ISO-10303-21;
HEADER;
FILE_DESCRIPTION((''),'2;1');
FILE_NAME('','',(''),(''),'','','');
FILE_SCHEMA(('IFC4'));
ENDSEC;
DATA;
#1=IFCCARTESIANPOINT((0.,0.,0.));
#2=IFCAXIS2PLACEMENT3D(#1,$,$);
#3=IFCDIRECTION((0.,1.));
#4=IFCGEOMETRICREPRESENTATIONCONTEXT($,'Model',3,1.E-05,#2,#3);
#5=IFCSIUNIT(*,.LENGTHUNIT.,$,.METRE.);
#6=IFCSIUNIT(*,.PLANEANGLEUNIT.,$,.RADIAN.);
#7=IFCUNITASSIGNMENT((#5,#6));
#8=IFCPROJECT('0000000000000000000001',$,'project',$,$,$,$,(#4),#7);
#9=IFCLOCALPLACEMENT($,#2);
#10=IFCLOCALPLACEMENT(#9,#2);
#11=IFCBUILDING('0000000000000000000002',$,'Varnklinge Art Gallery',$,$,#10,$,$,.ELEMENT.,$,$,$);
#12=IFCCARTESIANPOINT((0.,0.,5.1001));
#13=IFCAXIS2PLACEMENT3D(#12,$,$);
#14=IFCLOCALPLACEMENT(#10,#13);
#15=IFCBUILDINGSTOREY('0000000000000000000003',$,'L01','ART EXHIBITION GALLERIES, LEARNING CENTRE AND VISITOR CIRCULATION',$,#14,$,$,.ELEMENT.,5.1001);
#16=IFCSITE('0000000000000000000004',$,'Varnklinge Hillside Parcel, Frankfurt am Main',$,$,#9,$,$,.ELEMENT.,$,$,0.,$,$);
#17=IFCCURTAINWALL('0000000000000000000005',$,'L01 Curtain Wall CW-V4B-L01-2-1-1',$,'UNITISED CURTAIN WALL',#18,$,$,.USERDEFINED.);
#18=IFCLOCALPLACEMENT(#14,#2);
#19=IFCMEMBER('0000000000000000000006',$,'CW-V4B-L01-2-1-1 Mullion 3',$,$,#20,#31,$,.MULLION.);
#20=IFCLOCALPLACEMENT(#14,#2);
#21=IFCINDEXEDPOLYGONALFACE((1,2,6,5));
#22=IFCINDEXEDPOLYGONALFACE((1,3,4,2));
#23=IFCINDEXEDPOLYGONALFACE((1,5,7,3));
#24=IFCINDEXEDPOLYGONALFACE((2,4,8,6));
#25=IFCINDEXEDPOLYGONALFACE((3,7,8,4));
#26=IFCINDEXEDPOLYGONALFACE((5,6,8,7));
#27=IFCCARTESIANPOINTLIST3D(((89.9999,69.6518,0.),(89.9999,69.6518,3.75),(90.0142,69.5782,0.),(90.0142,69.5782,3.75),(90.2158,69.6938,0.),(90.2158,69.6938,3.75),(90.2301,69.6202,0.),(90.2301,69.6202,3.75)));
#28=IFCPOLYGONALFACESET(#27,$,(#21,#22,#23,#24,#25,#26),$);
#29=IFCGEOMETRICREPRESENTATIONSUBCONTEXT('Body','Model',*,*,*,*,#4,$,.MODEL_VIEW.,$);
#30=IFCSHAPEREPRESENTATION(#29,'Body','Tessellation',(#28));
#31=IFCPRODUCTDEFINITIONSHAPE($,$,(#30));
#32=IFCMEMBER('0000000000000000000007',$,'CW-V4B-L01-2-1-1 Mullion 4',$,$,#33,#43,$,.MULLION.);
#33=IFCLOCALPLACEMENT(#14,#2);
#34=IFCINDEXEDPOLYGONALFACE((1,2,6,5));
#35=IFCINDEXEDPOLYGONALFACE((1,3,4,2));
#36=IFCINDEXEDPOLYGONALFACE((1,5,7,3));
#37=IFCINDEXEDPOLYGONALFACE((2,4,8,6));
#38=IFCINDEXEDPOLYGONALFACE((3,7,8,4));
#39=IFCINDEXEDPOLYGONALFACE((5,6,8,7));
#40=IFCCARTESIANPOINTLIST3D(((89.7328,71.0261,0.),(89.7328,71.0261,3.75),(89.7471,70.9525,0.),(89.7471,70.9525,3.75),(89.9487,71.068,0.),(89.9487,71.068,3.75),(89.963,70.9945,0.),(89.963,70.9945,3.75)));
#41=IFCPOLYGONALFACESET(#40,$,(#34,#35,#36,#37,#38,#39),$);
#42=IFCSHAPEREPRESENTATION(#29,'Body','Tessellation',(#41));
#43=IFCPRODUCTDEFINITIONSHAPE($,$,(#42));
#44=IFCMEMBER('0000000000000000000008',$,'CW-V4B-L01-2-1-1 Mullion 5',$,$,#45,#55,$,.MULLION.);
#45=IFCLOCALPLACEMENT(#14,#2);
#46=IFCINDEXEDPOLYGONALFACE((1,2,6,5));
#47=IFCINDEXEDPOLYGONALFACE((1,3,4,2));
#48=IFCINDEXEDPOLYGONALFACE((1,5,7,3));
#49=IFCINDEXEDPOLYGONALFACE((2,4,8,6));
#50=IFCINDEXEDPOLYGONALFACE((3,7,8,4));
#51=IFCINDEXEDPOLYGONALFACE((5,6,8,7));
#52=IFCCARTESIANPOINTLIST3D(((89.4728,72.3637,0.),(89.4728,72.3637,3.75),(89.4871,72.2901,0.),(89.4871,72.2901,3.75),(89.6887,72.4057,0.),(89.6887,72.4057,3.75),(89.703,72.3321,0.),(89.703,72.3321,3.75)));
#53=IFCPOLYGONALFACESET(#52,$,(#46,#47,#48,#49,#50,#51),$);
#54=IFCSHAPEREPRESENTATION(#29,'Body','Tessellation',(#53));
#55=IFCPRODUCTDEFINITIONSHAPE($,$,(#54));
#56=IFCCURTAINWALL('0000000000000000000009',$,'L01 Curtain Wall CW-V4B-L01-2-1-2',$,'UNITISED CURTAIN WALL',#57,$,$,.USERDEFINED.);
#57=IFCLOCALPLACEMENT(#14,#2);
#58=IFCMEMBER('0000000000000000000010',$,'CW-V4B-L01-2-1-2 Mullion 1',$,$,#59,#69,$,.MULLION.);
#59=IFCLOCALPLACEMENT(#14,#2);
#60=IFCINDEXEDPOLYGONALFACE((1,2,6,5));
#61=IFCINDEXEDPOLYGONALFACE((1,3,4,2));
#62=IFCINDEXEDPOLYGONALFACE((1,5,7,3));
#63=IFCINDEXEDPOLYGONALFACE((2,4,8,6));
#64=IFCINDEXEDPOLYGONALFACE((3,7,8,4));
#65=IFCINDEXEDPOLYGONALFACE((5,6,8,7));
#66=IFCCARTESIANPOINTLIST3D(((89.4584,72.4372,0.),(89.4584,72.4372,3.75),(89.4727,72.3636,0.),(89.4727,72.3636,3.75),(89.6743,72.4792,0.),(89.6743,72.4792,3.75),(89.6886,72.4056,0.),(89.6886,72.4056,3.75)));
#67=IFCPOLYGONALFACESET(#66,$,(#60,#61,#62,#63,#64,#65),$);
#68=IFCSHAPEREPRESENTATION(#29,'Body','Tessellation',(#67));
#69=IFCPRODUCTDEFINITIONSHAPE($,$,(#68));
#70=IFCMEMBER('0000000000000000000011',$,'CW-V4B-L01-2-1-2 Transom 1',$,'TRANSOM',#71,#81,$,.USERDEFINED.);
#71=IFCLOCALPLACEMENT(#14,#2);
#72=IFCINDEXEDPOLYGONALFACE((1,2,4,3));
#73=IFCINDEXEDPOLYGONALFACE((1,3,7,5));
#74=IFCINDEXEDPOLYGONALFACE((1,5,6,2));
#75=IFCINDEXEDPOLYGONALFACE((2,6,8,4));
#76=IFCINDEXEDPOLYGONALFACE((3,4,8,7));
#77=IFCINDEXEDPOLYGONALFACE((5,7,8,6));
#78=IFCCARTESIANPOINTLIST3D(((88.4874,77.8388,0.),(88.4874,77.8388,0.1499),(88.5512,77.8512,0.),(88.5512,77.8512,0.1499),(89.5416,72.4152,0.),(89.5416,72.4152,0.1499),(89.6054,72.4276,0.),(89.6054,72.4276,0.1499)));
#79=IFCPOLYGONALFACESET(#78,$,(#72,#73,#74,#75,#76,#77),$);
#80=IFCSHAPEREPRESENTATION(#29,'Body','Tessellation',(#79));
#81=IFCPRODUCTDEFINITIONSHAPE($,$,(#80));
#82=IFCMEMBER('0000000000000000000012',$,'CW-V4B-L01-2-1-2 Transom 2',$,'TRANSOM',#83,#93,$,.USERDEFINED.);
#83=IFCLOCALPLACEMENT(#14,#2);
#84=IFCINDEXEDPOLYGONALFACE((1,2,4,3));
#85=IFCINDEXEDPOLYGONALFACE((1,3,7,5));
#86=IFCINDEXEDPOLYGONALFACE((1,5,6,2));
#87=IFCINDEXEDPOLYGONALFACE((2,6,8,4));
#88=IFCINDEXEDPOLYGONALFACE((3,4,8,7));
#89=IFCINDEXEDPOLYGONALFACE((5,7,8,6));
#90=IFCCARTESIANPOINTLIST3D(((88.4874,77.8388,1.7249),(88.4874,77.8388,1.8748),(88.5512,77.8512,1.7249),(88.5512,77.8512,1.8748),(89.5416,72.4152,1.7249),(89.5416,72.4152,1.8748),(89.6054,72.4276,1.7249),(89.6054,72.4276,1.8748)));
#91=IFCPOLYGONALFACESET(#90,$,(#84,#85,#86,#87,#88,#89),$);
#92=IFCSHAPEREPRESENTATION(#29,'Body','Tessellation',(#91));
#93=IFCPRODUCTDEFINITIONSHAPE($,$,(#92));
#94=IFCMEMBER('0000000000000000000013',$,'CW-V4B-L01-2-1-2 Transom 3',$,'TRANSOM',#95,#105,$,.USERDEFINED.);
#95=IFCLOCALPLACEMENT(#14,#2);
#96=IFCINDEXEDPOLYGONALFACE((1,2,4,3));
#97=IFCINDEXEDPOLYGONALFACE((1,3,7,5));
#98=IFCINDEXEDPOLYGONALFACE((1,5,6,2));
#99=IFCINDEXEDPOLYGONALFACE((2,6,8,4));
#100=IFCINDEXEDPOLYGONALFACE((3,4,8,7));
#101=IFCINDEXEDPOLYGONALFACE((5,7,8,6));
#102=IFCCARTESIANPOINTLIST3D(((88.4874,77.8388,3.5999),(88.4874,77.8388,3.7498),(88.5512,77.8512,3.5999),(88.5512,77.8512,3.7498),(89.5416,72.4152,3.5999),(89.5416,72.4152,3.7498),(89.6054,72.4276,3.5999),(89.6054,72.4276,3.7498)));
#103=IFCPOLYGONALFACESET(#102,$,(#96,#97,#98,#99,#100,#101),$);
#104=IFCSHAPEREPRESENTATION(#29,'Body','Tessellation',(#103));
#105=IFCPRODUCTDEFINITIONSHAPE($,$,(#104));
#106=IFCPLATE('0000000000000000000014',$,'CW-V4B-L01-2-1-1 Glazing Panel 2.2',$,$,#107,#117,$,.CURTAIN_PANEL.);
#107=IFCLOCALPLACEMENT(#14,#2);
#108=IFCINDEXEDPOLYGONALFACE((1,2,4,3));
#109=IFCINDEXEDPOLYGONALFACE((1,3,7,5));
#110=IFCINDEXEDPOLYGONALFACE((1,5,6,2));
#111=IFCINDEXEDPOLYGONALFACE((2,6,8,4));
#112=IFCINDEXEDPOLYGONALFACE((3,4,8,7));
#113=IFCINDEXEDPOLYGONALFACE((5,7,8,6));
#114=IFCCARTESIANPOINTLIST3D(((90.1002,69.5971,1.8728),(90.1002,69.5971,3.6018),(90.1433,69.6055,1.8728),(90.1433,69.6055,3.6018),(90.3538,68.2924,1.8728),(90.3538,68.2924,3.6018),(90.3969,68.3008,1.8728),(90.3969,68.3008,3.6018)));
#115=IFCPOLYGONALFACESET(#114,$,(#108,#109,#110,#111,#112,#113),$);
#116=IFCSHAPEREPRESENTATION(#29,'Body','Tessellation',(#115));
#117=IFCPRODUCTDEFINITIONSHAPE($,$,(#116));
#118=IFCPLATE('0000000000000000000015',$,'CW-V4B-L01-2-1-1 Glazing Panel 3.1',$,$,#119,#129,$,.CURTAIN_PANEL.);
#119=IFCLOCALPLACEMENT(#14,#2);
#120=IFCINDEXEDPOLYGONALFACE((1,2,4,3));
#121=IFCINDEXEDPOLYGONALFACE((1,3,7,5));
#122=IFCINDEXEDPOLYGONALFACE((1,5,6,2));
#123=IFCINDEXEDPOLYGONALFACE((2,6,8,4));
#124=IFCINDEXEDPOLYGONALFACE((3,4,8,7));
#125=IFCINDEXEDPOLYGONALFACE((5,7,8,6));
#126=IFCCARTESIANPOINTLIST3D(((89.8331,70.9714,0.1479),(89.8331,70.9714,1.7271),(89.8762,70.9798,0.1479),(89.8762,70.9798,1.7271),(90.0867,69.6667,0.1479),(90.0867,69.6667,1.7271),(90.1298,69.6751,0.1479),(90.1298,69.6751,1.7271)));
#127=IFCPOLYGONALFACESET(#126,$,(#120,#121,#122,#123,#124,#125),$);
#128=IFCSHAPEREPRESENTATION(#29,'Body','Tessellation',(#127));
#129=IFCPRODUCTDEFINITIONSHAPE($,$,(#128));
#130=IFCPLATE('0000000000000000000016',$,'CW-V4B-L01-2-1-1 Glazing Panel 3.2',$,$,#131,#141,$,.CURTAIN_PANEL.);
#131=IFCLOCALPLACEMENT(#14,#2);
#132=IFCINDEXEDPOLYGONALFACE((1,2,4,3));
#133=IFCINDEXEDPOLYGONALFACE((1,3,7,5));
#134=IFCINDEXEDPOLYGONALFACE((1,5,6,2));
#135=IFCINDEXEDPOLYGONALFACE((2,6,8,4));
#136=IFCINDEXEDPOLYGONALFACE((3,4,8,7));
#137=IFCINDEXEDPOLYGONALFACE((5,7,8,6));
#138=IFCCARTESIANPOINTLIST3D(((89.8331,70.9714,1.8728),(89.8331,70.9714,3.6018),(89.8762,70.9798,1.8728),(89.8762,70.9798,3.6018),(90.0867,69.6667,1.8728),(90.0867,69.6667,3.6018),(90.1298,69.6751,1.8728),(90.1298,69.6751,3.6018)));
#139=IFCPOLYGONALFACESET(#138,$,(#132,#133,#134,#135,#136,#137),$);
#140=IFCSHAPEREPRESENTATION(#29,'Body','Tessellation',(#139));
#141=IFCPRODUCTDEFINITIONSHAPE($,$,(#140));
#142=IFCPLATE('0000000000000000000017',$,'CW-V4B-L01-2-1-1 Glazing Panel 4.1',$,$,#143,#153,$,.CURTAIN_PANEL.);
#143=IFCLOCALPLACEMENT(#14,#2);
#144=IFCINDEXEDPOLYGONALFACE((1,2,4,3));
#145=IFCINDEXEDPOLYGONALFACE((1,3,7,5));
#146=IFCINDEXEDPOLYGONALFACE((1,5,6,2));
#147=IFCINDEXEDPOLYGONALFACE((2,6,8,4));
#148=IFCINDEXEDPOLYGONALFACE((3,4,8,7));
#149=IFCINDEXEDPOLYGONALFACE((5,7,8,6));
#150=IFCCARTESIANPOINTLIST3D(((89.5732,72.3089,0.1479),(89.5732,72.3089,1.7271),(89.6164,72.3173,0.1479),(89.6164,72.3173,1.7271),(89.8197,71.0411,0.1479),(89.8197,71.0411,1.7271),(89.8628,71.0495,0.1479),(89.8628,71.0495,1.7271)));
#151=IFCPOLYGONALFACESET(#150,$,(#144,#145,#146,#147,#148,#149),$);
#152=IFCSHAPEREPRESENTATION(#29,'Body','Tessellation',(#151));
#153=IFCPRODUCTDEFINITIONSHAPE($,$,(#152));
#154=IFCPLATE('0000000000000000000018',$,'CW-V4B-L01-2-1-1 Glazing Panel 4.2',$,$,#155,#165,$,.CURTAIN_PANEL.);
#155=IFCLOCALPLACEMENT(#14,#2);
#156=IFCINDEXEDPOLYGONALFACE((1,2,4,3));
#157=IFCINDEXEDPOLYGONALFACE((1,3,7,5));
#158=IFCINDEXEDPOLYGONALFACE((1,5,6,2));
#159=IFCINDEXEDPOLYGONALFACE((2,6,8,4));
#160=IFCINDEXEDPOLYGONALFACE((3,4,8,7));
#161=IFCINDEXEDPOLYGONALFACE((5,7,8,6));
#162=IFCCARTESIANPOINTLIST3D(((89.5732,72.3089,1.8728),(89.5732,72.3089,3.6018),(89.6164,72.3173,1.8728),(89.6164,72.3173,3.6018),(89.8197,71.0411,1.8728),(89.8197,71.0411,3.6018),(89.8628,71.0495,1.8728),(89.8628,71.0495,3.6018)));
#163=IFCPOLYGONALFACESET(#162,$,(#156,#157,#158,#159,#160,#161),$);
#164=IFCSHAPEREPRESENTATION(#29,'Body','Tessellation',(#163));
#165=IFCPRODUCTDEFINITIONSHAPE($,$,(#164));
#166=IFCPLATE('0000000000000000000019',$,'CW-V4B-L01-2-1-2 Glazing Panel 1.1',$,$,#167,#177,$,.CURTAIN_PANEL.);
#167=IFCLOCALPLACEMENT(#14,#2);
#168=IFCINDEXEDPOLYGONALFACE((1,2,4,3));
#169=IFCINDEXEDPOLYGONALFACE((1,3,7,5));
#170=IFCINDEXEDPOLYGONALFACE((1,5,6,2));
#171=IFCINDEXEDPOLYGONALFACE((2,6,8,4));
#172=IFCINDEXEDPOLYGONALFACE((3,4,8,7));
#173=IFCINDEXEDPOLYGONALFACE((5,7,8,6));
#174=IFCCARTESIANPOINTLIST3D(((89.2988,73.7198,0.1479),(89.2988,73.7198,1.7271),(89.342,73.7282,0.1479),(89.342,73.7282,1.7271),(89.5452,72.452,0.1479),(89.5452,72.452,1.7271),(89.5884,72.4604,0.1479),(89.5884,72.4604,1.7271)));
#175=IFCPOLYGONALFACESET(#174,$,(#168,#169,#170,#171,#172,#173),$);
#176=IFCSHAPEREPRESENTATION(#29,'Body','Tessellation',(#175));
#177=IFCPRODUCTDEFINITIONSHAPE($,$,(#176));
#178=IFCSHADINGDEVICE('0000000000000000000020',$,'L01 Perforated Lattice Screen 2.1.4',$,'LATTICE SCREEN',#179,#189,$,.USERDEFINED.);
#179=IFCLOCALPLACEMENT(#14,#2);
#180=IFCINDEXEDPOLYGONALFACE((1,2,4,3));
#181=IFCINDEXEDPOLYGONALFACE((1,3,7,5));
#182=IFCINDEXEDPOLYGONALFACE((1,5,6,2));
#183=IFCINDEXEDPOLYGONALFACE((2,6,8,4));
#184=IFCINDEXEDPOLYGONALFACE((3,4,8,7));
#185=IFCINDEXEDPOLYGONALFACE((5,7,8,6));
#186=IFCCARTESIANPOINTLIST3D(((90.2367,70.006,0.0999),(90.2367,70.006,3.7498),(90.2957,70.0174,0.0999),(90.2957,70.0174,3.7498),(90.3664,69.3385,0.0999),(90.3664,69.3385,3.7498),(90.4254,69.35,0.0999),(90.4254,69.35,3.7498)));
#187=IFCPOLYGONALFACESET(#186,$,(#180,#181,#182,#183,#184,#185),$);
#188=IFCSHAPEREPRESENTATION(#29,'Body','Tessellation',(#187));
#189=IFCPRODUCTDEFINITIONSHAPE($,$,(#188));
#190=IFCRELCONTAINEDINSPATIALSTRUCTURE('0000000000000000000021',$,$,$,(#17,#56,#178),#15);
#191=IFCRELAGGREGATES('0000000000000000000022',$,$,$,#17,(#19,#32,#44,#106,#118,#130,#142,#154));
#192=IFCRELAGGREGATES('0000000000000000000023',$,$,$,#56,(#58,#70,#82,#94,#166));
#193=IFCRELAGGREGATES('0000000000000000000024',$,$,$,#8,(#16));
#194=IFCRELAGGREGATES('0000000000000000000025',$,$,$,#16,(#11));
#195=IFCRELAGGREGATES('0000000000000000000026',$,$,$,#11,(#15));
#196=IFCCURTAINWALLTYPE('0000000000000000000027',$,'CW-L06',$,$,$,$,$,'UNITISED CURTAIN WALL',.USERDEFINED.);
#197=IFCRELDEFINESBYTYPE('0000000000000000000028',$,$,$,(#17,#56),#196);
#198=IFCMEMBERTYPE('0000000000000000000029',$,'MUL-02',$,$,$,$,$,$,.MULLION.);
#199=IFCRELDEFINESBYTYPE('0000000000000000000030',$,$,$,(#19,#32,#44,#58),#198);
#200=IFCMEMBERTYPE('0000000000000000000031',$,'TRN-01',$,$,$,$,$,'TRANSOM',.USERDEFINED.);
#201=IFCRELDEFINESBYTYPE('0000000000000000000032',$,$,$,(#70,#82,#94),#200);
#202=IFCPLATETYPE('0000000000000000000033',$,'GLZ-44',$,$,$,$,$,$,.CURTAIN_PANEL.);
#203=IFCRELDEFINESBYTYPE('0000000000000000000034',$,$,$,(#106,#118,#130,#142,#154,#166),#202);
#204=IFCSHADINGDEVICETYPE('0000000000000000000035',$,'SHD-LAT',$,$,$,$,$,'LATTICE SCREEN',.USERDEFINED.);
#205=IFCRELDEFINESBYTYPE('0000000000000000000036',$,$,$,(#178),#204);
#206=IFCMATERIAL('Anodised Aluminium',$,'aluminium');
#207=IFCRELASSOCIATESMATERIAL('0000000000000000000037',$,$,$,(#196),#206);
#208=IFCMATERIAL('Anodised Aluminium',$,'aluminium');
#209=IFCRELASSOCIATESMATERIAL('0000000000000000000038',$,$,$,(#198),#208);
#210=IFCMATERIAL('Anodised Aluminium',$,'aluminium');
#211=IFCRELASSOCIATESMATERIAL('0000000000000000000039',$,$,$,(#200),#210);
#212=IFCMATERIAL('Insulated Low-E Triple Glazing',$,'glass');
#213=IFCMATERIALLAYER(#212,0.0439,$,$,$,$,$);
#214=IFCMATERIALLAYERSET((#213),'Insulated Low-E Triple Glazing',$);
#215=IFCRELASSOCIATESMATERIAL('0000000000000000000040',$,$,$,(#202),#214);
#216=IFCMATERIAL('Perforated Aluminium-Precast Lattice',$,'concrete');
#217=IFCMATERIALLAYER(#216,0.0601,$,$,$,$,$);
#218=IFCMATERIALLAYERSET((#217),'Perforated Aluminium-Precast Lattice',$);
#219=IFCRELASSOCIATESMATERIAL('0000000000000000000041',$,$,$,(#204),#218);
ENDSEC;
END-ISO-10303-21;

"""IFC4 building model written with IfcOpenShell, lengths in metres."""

from ifc_helpers import new_model, si_unit, direction, frame, origin, origin_2d, place, context, subcontext, project, spatial, rectangle, extrude, material, layer, layer_set, material_profile, profile_set, type_object, element, aggregate, save


model = new_model("IFC4")

# Units and contexts
model_context = context("Model", 3, precision=1e-05, world=origin(), true_north=direction((0.0, 1.0)))
body_context = subcontext(model_context, "Body", "Model", "MODEL_VIEW")
ifc_project = project(units=[si_unit("LENGTHUNIT", "METRE"), si_unit("PLANEANGLEUNIT", "RADIAN")], contexts=[model_context])

# Site, building, storey
site_placement = place(None, origin())
site = spatial("IfcSite", under=ifc_project, at=site_placement, Name="Varnklinge Hillside Parcel, Frankfurt am Main", CompositionType="ELEMENT", RefElevation=0.0)
building_placement = place(site_placement, origin())
building = spatial("IfcBuilding", under=site, at=building_placement, Name="Varnklinge Art Gallery", CompositionType="ELEMENT")
storey_placement = place(building_placement, frame((0.0, 0.0, 5.1001)))
storey = spatial("IfcBuildingStorey", under=building, at=storey_placement, Name="L01", Description="ART EXHIBITION GALLERIES, LEARNING CENTRE AND VISITOR CIRCULATION", CompositionType="ELEMENT", Elevation=5.1001)

# Curtain walls, members
ifc_material_1 = material(Name="Anodised Aluminium", Category="aluminium")
curtain_wall_type = type_object("IfcCurtainWallType", Name="CW-L06", ElementType="UNITISED CURTAIN WALL", PredefinedType="USERDEFINED", material=ifc_material_1)
curtain_wall_1_placement = place(storey_placement, origin())
curtain_wall_1 = element("IfcCurtainWall", 1, at=curtain_wall_1_placement, inside=storey, type_object=curtain_wall_type, Name="L01 Curtain Wall CW-V4B-L01-2-1-1", ObjectType="UNITISED CURTAIN WALL", PredefinedType="USERDEFINED")
ifc_material_2 = material(Name="Anodised Aluminium", Category="aluminium")
ifc_material_profile_1 = material_profile(ifc_material_2, rectangle(XDim=0.075, YDim=0.22, at=origin_2d()), Name="ALU 75x220")
ifc_profile_set_1 = profile_set([ifc_material_profile_1], Name="Anodised Aluminium")
member_type_1 = type_object("IfcMemberType", Name="MUL-02", PredefinedType="MULLION", material=ifc_profile_set_1)
member_1_placement = place(storey_placement, frame((90.115, 69.636, 0.0), z_axis=(0.0, 0.0, 1.0), x_axis=(-0.190809, 0.981627, 0.0)))
member_1 = element("IfcMember", 2, at=member_1_placement, type_object=member_type_1, Name="CW-V4B-L01-2-1-1 Mullion 3", PredefinedType="MULLION", context=body_context, shape_type="SweptSolid", body=[
    extrude(rectangle(XDim=0.075, YDim=0.22, at=origin_2d()), origin(), (0.0, 0.0, 1.0), 3.75),
])
member_2_placement = place(storey_placement, frame((89.8479, 71.0103, 0.0), z_axis=(0.0, 0.0, 1.0), x_axis=(-0.190809, 0.981627, 0.0)))
member_2 = element("IfcMember", 3, at=member_2_placement, type_object=member_type_1, Name="CW-V4B-L01-2-1-1 Mullion 4", PredefinedType="MULLION", context=body_context, shape_type="SweptSolid", body=[
    extrude(rectangle(XDim=0.075, YDim=0.22, at=origin_2d()), origin(), (0.0, 0.0, 1.0), 3.75),
])
member_3_placement = place(storey_placement, frame((89.5879, 72.3479, 0.0), z_axis=(0.0, 0.0, 1.0), x_axis=(-0.190809, 0.981627, 0.0)))
member_3 = element("IfcMember", 4, at=member_3_placement, type_object=member_type_1, Name="CW-V4B-L01-2-1-1 Mullion 5", PredefinedType="MULLION", context=body_context, shape_type="SweptSolid", body=[
    extrude(rectangle(XDim=0.075, YDim=0.22, at=origin_2d()), origin(), (0.0, 0.0, 1.0), 3.75),
])
curtain_wall_2_placement = place(storey_placement, origin())
curtain_wall_2 = element("IfcCurtainWall", 5, at=curtain_wall_2_placement, inside=storey, type_object=curtain_wall_type, Name="L01 Curtain Wall CW-V4B-L01-2-1-2", ObjectType="UNITISED CURTAIN WALL", PredefinedType="USERDEFINED")
member_4_placement = place(storey_placement, frame((89.5735, 72.4214, 0.0), z_axis=(0.0, 0.0, 1.0), x_axis=(-0.190809, 0.981627, 0.0)))
member_4 = element("IfcMember", 6, at=member_4_placement, type_object=member_type_1, Name="CW-V4B-L01-2-1-2 Mullion 1", PredefinedType="MULLION", context=body_context, shape_type="SweptSolid", body=[
    extrude(rectangle(XDim=0.075, YDim=0.22, at=origin_2d()), origin(), (0.0, 0.0, 1.0), 3.75),
])
ifc_material_3 = material(Name="Anodised Aluminium", Category="aluminium")
ifc_material_profile_2 = material_profile(ifc_material_3, rectangle(XDim=0.0649, YDim=0.1499, at=origin_2d()), Name="ALU 65x150")
ifc_profile_set_2 = profile_set([ifc_material_profile_2], Name="Anodised Aluminium")
member_type_2 = type_object("IfcMemberType", Name="TRN-01", ElementType="TRANSOM", PredefinedType="USERDEFINED", material=ifc_profile_set_2)
member_5_placement = place(storey_placement, frame((89.5735, 72.4214, 0.075), z_axis=(-0.190802, 0.981628, 0.0), x_axis=(-0.981628, -0.190802, 0.0)))
member_5 = element("IfcMember", 7, at=member_5_placement, type_object=member_type_2, Name="CW-V4B-L01-2-1-2 Transom 1", ObjectType="TRANSOM", PredefinedType="USERDEFINED", context=body_context, shape_type="SweptSolid", body=[
    extrude(rectangle(XDim=0.0649, YDim=0.1499, at=origin_2d()), origin(), (0.0, 0.0, 1.0), 5.5251),
])
member_6_placement = place(storey_placement, frame((89.5735, 72.4214, 1.7998), z_axis=(-0.190802, 0.981628, 0.0), x_axis=(-0.981628, -0.190802, 0.0)))
member_6 = element("IfcMember", 8, at=member_6_placement, type_object=member_type_2, Name="CW-V4B-L01-2-1-2 Transom 2", ObjectType="TRANSOM", PredefinedType="USERDEFINED", context=body_context, shape_type="SweptSolid", body=[
    extrude(rectangle(XDim=0.0649, YDim=0.1499, at=origin_2d()), origin(), (0.0, 0.0, 1.0), 5.5251),
])
member_7_placement = place(storey_placement, frame((89.5735, 72.4214, 3.6748), z_axis=(-0.190802, 0.981628, 0.0), x_axis=(-0.981628, -0.190802, 0.0)))
member_7 = element("IfcMember", 9, at=member_7_placement, type_object=member_type_2, Name="CW-V4B-L01-2-1-2 Transom 3", ObjectType="TRANSOM", PredefinedType="USERDEFINED", context=body_context, shape_type="SweptSolid", body=[
    extrude(rectangle(XDim=0.0649, YDim=0.1499, at=origin_2d()), origin(), (0.0, 0.0, 1.0), 5.5251),
])

# Plates
ifc_material_4 = material(Name="Insulated Low-E Triple Glazing", Category="glass")
ifc_layer_1 = layer(ifc_material_4, 0.0439)
ifc_layer_set_1 = layer_set([ifc_layer_1], Name="Insulated Low-E Triple Glazing")
plate_type = type_object("IfcPlateType", Name="GLZ-44", PredefinedType="CURTAIN_PANEL", material=ifc_layer_set_1)
plate_1_placement = place(storey_placement, frame((90.2485, 68.949, 1.8728), z_axis=(0.0, 0.0, 1.0), x_axis=(-0.190809, 0.981627, 0.0)))
plate_1 = element("IfcPlate", 10, at=plate_1_placement, type_object=plate_type, Name="CW-V4B-L01-2-1-1 Glazing Panel 2.2", PredefinedType="CURTAIN_PANEL", context=body_context, shape_type="SweptSolid", body=[
    extrude(rectangle(XDim=1.3291, YDim=0.0439, at=origin_2d()), origin(), (0.0, 0.0, 1.0), 1.729),
])
plate_2_placement = place(storey_placement, frame((89.9814, 70.3232, 0.1479), z_axis=(0.0, 0.0, 1.0), x_axis=(-0.190809, 0.981627, 0.0)))
plate_2 = element("IfcPlate", 11, at=plate_2_placement, type_object=plate_type, Name="CW-V4B-L01-2-1-1 Glazing Panel 3.1", PredefinedType="CURTAIN_PANEL", context=body_context, shape_type="SweptSolid", body=[
    extrude(rectangle(XDim=1.3291, YDim=0.0439, at=origin_2d()), origin(), (0.0, 0.0, 1.0), 1.5791),
])
plate_3_placement = place(storey_placement, frame((89.9814, 70.3232, 1.8728), z_axis=(0.0, 0.0, 1.0), x_axis=(-0.190809, 0.981627, 0.0)))
plate_3 = element("IfcPlate", 12, at=plate_3_placement, type_object=plate_type, Name="CW-V4B-L01-2-1-1 Glazing Panel 3.2", PredefinedType="CURTAIN_PANEL", context=body_context, shape_type="SweptSolid", body=[
    extrude(rectangle(XDim=1.3291, YDim=0.0439, at=origin_2d()), origin(), (0.0, 0.0, 1.0), 1.729),
])
plate_4_placement = place(storey_placement, frame((89.718, 71.6792, 0.1479), z_axis=(0.0, 0.0, 1.0), x_axis=(-0.190809, 0.981627, 0.0)))
plate_4 = element("IfcPlate", 13, at=plate_4_placement, type_object=plate_type, Name="CW-V4B-L01-2-1-1 Glazing Panel 4.1", PredefinedType="CURTAIN_PANEL", context=body_context, shape_type="SweptSolid", body=[
    extrude(rectangle(XDim=1.2915, YDim=0.0439, at=origin_2d()), origin(), (0.0, 0.0, 1.0), 1.5791),
])
plate_5_placement = place(storey_placement, frame((89.718, 71.6792, 1.8728), z_axis=(0.0, 0.0, 1.0), x_axis=(-0.190809, 0.981627, 0.0)))
plate_5 = element("IfcPlate", 14, at=plate_5_placement, type_object=plate_type, Name="CW-V4B-L01-2-1-1 Glazing Panel 4.2", PredefinedType="CURTAIN_PANEL", context=body_context, shape_type="SweptSolid", body=[
    extrude(rectangle(XDim=1.2915, YDim=0.0439, at=origin_2d()), origin(), (0.0, 0.0, 1.0), 1.729),
])
aggregate(curtain_wall_1, [member_1, member_2, member_3, plate_1, plate_2, plate_3, plate_4, plate_5])
plate_6_placement = place(storey_placement, frame((89.4436, 73.0901, 0.1479), z_axis=(0.0, 0.0, 1.0), x_axis=(-0.190809, 0.981627, 0.0)))
plate_6 = element("IfcPlate", 15, at=plate_6_placement, type_object=plate_type, Name="CW-V4B-L01-2-1-2 Glazing Panel 1.1", PredefinedType="CURTAIN_PANEL", context=body_context, shape_type="SweptSolid", body=[
    extrude(rectangle(XDim=1.2915, YDim=0.0439, at=origin_2d()), origin(), (0.0, 0.0, 1.0), 1.5791),
])
aggregate(curtain_wall_2, [member_4, member_5, member_6, member_7, plate_6])

# Shading device
ifc_material_5 = material(Name="Perforated Aluminium-Precast Lattice", Category="concrete")
ifc_layer_2 = layer(ifc_material_5, 0.0601)
ifc_layer_set_2 = layer_set([ifc_layer_2], Name="Perforated Aluminium-Precast Lattice")
shading_device_type = type_object("IfcShadingDeviceType", Name="SHD-LAT", ElementType="LATTICE SCREEN", PredefinedType="USERDEFINED", material=ifc_layer_set_2)
for number, where, z_axis, x_axis, name in (
    (16, (90.3311, 69.678, 0.0999), (0.0, 0.0, 1.0), (-0.190809, 0.981627, 0.0), "L01 Perforated Lattice Screen 2.1.4"),
):
    element("IfcShadingDevice", number, at=place(storey_placement, frame(where, z_axis=z_axis, x_axis=x_axis)), inside=storey, type_object=shading_device_type, Name=name, ObjectType="LATTICE SCREEN", PredefinedType="USERDEFINED", context=body_context, shape_type="SweptSolid", body=[
        extrude(rectangle(XDim=0.6799, YDim=0.0601, at=origin_2d()), origin(), (0.0, 0.0, 1.0), 3.6499),
    ])

save(model, "model.ifc")
